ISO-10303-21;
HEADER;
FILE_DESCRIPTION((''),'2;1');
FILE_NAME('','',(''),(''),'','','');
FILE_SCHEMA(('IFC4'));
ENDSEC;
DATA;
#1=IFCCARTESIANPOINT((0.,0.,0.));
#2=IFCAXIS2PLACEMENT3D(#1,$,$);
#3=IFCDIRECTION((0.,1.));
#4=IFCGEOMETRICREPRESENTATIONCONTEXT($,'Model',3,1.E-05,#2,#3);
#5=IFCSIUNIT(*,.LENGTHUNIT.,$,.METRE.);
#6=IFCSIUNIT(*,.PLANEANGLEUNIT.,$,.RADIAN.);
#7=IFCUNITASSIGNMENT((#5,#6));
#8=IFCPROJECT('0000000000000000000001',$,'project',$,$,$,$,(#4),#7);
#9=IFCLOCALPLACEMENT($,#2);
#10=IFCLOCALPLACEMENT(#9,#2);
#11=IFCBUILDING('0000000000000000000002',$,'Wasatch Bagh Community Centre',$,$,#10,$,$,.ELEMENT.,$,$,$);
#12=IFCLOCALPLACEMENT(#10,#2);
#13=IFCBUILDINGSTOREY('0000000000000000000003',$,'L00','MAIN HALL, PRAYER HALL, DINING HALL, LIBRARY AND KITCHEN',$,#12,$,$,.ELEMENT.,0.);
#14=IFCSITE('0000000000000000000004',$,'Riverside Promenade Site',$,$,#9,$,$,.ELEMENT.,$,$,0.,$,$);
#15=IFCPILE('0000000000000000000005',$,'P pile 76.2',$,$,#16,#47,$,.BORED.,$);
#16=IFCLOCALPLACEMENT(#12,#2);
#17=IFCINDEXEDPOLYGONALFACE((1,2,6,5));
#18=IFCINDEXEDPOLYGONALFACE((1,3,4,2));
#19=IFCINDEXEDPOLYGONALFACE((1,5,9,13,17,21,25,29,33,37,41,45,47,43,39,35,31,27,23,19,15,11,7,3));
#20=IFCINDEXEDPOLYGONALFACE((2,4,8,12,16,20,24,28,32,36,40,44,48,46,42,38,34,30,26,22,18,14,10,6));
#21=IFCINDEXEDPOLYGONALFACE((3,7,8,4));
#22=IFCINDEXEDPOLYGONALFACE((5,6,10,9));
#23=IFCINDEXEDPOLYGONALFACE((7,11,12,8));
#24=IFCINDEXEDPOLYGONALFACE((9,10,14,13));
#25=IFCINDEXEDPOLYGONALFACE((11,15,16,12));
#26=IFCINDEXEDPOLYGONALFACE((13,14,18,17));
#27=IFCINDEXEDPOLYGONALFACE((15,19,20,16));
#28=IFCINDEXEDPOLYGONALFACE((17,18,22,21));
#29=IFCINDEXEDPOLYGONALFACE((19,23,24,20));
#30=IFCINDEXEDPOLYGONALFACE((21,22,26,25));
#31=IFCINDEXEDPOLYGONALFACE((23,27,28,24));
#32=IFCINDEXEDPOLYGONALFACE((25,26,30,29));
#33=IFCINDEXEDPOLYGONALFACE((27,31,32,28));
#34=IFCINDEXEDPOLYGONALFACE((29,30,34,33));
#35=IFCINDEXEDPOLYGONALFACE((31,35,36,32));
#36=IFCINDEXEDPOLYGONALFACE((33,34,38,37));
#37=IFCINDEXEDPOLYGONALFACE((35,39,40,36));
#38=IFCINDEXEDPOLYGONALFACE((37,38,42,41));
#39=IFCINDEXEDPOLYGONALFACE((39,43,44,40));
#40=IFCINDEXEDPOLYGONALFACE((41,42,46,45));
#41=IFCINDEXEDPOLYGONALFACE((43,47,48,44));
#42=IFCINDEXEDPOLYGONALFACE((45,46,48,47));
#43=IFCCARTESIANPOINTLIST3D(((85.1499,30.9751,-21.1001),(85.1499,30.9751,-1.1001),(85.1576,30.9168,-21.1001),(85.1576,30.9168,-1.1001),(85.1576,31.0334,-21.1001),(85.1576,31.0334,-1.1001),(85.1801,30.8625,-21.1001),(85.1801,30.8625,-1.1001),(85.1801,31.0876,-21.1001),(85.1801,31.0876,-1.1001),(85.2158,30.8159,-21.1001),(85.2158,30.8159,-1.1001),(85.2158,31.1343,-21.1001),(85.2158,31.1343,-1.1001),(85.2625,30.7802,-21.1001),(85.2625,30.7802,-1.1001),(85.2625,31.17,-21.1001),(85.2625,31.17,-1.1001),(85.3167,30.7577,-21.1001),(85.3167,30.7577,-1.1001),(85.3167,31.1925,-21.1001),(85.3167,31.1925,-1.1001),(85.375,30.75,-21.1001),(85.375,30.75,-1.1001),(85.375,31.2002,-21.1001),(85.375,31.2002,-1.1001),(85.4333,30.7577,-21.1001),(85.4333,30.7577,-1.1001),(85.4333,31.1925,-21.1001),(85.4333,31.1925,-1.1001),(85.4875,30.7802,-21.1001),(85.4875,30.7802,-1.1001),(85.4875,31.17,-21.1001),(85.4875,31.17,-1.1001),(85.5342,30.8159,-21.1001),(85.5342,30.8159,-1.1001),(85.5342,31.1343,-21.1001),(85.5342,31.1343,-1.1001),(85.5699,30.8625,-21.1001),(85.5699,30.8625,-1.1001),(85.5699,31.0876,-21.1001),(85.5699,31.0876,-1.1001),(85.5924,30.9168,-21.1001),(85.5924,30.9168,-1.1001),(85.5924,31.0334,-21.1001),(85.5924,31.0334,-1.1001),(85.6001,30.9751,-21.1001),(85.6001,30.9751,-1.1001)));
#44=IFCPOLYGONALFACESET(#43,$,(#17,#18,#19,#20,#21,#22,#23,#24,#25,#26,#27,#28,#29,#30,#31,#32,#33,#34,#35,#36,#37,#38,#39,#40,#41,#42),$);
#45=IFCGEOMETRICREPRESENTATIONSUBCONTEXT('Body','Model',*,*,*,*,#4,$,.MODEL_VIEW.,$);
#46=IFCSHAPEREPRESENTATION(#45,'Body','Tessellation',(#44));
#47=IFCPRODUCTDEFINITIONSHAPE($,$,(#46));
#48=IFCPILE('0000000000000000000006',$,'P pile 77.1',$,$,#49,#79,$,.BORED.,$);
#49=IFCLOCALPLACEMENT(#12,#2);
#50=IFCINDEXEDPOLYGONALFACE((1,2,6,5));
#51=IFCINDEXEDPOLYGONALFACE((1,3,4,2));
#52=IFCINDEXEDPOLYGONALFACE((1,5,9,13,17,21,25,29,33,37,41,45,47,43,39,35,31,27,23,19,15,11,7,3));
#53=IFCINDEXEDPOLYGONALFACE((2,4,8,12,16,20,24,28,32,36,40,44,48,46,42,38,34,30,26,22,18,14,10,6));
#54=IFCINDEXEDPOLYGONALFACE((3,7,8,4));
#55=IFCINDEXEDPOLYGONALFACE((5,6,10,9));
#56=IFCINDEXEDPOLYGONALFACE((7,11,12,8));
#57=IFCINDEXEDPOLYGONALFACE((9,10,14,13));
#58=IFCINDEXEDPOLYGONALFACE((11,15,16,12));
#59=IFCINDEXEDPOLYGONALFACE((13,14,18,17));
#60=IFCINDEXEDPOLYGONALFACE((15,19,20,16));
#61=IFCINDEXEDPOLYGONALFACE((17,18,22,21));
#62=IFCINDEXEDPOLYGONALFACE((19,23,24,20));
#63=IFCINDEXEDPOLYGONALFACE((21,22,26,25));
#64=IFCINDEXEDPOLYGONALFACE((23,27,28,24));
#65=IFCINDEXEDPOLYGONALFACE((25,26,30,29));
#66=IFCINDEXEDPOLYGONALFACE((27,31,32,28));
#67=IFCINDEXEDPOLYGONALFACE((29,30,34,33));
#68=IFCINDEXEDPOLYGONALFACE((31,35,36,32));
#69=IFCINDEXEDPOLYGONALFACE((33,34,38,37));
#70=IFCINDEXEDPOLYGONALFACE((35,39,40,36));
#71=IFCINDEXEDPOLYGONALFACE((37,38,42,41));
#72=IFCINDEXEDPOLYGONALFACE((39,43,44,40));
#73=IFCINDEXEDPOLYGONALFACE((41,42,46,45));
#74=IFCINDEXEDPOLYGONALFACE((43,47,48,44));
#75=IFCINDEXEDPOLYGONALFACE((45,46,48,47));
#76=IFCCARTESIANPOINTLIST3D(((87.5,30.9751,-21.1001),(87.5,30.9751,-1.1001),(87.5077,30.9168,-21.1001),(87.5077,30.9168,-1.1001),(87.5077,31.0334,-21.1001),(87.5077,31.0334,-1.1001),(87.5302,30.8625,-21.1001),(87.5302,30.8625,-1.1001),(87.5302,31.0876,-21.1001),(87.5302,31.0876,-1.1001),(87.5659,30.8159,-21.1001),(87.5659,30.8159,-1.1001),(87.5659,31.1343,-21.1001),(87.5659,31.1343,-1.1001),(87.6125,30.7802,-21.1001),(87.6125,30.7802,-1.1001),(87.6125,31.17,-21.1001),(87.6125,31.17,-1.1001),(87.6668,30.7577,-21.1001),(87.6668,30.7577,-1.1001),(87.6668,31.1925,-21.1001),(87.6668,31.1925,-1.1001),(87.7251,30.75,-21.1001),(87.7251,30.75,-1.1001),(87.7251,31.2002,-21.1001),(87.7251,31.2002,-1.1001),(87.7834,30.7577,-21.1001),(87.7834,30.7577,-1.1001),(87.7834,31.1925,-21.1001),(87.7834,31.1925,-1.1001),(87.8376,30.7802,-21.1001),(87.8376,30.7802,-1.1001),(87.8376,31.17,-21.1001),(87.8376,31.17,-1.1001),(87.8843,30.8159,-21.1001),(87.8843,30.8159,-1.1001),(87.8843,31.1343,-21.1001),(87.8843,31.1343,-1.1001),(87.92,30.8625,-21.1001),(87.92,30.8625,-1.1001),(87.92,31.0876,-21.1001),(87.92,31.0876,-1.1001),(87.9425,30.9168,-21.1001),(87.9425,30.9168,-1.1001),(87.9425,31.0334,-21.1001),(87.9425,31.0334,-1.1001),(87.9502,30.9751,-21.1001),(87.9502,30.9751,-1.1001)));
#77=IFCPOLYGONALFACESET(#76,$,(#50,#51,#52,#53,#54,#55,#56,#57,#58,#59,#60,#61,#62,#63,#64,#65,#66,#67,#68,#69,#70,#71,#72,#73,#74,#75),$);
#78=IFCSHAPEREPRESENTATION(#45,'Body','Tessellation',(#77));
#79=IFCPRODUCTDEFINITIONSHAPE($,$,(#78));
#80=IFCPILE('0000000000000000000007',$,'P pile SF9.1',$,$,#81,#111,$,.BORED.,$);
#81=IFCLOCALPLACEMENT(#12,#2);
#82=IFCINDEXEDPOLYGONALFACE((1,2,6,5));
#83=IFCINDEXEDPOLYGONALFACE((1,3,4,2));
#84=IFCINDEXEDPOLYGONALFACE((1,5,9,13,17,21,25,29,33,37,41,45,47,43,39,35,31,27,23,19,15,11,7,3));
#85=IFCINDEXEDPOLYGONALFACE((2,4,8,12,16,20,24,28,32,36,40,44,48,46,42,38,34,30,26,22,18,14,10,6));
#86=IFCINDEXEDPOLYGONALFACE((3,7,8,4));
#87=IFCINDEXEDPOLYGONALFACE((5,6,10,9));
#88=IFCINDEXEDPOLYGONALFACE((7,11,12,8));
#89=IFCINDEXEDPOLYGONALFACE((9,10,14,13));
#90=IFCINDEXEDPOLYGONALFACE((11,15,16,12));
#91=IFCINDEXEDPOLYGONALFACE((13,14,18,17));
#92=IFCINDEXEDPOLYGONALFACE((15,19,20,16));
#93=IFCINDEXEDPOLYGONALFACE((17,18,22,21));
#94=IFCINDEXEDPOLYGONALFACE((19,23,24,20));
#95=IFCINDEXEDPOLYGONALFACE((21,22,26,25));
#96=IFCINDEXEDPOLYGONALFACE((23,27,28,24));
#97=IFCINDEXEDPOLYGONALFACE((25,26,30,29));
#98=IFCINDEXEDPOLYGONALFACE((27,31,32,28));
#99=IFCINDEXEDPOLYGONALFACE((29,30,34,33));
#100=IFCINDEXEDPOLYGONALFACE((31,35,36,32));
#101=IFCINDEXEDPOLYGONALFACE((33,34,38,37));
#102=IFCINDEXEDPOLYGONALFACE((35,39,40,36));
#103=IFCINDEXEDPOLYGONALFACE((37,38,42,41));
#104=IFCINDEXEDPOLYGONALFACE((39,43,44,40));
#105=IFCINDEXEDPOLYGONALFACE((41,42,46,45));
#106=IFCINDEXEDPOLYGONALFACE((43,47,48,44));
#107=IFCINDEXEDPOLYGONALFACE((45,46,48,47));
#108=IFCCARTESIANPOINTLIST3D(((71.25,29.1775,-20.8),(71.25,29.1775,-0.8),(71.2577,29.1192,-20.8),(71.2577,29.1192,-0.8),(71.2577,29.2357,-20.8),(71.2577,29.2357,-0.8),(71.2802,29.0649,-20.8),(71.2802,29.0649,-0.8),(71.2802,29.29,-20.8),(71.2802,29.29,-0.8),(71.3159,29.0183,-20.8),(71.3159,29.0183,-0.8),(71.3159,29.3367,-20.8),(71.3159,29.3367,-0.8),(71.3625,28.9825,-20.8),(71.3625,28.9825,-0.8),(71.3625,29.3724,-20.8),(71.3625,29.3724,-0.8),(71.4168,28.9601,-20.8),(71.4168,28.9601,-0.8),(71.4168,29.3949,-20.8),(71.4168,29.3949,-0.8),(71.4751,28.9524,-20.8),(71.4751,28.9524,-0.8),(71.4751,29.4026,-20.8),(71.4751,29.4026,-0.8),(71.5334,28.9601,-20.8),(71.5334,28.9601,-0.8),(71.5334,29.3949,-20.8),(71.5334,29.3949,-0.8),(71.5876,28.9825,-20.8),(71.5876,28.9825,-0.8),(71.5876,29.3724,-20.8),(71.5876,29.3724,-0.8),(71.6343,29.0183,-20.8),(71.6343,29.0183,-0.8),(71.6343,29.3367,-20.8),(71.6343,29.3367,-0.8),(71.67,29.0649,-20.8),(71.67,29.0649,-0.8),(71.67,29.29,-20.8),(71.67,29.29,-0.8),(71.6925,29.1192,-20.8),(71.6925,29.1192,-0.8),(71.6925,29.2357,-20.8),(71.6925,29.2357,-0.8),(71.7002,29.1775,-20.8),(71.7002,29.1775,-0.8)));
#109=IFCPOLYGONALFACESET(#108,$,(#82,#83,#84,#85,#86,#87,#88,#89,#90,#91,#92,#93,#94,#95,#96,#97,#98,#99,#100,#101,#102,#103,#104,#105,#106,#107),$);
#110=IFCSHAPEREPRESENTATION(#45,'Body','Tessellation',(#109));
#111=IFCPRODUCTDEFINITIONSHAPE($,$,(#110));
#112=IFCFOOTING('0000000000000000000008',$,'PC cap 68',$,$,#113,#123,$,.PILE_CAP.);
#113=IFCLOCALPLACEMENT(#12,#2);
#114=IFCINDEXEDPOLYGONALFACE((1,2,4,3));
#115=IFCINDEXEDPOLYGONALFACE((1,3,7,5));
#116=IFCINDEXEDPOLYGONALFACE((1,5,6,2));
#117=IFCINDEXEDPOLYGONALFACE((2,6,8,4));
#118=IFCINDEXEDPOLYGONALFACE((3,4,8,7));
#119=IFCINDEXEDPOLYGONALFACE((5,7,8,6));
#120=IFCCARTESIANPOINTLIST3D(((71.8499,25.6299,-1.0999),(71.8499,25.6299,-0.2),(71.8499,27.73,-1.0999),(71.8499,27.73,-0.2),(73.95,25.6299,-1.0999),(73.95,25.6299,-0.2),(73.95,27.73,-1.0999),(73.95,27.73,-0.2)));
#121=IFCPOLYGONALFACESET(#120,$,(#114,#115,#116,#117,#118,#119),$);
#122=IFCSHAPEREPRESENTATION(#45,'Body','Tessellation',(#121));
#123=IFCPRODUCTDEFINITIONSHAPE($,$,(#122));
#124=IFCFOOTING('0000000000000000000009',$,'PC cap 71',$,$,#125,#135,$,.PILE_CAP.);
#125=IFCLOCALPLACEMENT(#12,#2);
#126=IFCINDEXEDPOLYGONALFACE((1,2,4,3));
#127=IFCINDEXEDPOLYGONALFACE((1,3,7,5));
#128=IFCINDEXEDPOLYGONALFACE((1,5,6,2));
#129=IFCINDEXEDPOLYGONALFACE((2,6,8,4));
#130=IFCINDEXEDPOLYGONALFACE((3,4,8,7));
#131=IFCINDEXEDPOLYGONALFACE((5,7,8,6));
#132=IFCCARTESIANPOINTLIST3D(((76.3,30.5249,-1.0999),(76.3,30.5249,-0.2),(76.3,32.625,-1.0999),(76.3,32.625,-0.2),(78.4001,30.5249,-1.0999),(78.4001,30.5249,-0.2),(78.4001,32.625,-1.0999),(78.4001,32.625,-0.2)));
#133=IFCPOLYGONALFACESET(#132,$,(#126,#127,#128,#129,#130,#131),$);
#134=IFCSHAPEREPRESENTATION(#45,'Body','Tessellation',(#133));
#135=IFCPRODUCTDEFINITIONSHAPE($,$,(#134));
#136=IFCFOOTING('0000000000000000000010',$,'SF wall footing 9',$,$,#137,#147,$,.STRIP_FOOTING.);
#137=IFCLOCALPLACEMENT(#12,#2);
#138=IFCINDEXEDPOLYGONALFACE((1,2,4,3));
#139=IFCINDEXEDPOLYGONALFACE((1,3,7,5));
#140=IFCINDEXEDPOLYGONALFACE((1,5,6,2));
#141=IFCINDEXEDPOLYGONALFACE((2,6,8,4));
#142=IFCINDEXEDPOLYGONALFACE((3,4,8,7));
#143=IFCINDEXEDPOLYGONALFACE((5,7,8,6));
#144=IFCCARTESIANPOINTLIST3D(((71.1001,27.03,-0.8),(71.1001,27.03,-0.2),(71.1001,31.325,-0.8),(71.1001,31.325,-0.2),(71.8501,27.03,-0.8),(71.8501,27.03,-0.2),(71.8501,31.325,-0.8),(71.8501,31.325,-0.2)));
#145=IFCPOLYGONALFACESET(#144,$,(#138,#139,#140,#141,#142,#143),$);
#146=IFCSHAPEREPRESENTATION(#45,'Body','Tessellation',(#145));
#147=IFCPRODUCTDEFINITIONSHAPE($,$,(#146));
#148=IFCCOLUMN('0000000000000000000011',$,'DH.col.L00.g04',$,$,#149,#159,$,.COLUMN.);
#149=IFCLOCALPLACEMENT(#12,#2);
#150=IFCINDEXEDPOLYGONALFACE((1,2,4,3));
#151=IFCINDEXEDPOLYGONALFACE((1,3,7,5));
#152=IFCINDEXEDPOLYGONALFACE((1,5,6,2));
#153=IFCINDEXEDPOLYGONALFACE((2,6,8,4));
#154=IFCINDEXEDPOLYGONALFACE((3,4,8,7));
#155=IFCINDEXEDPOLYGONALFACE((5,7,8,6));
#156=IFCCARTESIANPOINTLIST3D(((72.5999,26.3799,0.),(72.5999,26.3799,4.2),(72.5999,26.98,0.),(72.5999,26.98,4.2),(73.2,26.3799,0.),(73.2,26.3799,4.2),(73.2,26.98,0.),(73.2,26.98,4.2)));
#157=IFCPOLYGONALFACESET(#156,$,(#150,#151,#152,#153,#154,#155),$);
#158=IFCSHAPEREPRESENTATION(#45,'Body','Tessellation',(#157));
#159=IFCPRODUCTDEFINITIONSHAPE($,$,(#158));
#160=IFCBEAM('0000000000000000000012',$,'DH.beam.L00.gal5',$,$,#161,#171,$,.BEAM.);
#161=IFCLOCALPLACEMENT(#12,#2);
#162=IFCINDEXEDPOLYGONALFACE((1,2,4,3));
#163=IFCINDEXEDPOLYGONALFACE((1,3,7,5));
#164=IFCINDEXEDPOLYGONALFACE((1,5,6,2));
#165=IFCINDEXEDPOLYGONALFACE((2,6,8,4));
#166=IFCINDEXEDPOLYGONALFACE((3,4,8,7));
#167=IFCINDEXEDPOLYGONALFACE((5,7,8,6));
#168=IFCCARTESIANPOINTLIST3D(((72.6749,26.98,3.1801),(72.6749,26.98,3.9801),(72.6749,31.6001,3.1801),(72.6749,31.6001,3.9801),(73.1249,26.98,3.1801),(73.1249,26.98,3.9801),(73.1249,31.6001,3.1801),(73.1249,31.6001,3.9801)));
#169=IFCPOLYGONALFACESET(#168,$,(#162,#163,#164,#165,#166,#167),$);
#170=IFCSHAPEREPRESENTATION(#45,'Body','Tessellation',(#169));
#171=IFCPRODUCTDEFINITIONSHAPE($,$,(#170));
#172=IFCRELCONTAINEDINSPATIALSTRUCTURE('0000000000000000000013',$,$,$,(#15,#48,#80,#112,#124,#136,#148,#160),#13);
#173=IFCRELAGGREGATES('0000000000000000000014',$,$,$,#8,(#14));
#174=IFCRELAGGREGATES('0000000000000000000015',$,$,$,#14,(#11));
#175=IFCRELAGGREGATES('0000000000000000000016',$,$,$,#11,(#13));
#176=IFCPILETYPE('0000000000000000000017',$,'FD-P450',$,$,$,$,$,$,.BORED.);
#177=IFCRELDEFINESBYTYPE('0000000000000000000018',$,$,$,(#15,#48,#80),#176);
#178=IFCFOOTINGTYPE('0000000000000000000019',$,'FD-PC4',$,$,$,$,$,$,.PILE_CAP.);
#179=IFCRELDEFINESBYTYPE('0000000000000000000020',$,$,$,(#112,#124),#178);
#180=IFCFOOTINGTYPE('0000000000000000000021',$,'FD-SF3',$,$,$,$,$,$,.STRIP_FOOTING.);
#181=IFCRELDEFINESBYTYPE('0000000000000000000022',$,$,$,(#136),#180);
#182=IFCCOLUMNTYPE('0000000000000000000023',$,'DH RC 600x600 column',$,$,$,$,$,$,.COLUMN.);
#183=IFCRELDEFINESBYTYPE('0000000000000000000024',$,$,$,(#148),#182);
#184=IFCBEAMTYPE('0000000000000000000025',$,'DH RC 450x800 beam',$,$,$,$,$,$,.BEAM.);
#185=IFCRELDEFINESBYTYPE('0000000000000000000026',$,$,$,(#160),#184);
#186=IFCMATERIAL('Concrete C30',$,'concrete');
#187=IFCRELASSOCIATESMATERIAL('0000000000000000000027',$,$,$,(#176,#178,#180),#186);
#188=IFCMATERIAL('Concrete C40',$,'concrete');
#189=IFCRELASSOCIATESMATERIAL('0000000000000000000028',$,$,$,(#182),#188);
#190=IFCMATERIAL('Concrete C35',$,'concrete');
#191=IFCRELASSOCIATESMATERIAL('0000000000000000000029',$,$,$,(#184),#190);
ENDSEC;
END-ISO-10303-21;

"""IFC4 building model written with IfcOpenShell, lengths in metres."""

from ifc_helpers import new_model, si_unit, direction, frame, origin, origin_2d, place, context, subcontext, project, spatial, rectangle, circle, extrude, material, material_profile, profile_set, type_object, element, save


model = new_model("IFC4")

# Units and contexts
model_context = context("Model", 3, precision=1e-05, world=origin(), true_north=direction((0.0, 1.0)))
body_context = subcontext(model_context, "Body", "Model", "MODEL_VIEW")
ifc_project = project(units=[si_unit("LENGTHUNIT", "METRE"), si_unit("PLANEANGLEUNIT", "RADIAN")], contexts=[model_context])

# Site, building, storey
site_placement = place(None, origin())
site = spatial("IfcSite", under=ifc_project, at=site_placement, Name="Riverside Promenade Site", CompositionType="ELEMENT", RefElevation=0.0)
building_placement = place(site_placement, origin())
building = spatial("IfcBuilding", under=site, at=building_placement, Name="Wasatch Bagh Community Centre", CompositionType="ELEMENT")
storey_placement = place(building_placement, origin())
storey = spatial("IfcBuildingStorey", under=building, at=storey_placement, Name="L00", Description="MAIN HALL, PRAYER HALL, DINING HALL, LIBRARY AND KITCHEN", CompositionType="ELEMENT", Elevation=0.0)

# Piles
ifc_material_1 = material(Name="Concrete C30", Category="concrete")
ifc_material_profile_1 = material_profile(ifc_material_1, circle(Radius=0.2251, at=origin_2d()), Name="RC D450")
ifc_profile_set_1 = profile_set([ifc_material_profile_1], Name="Concrete C30")
pile_type = type_object("IfcPileType", Name="FD-P450", PredefinedType="BORED", material=ifc_profile_set_1)
for number, where, z_axis, x_axis, name in (
    (1, (85.375, 30.9751, -1.1001), (0.0, 0.0, -1.0), (1.0, 0.0, 0.0), "P pile 76.2"),
    (2, (87.7251, 30.9751, -1.1001), (0.0, 0.0, -1.0), (1.0, 0.0, 0.0), "P pile 77.1"),
    (3, (71.4751, 29.1775, -0.8), (0.0, 0.0, -1.0), (1.0, 0.0, 0.0), "P pile SF9.1"),
):
    element("IfcPile", number, at=place(storey_placement, frame(where, z_axis=z_axis, x_axis=x_axis)), inside=storey, type_object=pile_type, Name=name, PredefinedType="BORED", context=body_context, shape_type="SweptSolid", body=[
        extrude(circle(Radius=0.2251, at=origin_2d()), origin(), (0.0, 0.0, 1.0), 20.0),
    ])

# Footings
footing_type_1 = type_object("IfcFootingType", Name="FD-PC4", PredefinedType="PILE_CAP", material=ifc_material_1)
for number, where, z_axis, x_axis, name in (
    (4, (72.8999, 26.6799, -1.0999), (0.0, 0.0, 1.0), (1.0, 0.0, 0.0), "PC cap 68"),
    (5, (77.3501, 31.575, -1.0999), (0.0, 0.0, 1.0), (1.0, 0.0, 0.0), "PC cap 71"),
):
    element("IfcFooting", number, at=place(storey_placement, frame(where, z_axis=z_axis, x_axis=x_axis)), inside=storey, type_object=footing_type_1, Name=name, PredefinedType="PILE_CAP", context=body_context, shape_type="SweptSolid", body=[
        extrude(rectangle(XDim=2.1001, YDim=2.1001, at=origin_2d()), origin(), (0.0, 0.0, 1.0), 0.8999),
    ])
footing_type_2 = type_object("IfcFootingType", Name="FD-SF3", PredefinedType="STRIP_FOOTING", material=ifc_material_1)
footing_placement = place(storey_placement, frame((71.4751, 29.1775, -0.8), z_axis=(0.0, 0.0, 1.0), x_axis=(0.0, 1.0, 0.0)))
element("IfcFooting", 6, at=footing_placement, inside=storey, type_object=footing_type_2, Name="SF wall footing 9", PredefinedType="STRIP_FOOTING", context=body_context, shape_type="SweptSolid", body=[
    extrude(rectangle(XDim=4.2949, YDim=0.75, at=origin_2d()), origin(), (0.0, 0.0, 1.0), 0.6001),
])

# Column
ifc_material_2 = material(Name="Concrete C40", Category="concrete")
ifc_material_profile_2 = material_profile(ifc_material_2, rectangle(XDim=0.6001, YDim=0.6001, at=origin_2d()), Name="RC 600x600")
ifc_profile_set_2 = profile_set([ifc_material_profile_2], Name="Concrete C40")
column_type = type_object("IfcColumnType", Name="DH RC 600x600 column", PredefinedType="COLUMN", material=ifc_profile_set_2)
column_placement = place(storey_placement, frame((72.8999, 26.6799, 0.0), z_axis=(0.0, 0.0, 1.0), x_axis=(1.0, 0.0, 0.0)))
element("IfcColumn", 7, at=column_placement, inside=storey, type_object=column_type, Name="DH.col.L00.g04", PredefinedType="COLUMN", context=body_context, shape_type="SweptSolid", body=[
    extrude(rectangle(XDim=0.6001, YDim=0.6001, at=origin_2d()), origin(), (0.0, 0.0, 1.0), 4.2),
])

# Beam
ifc_material_3 = material(Name="Concrete C35", Category="concrete")
ifc_material_profile_3 = material_profile(ifc_material_3, rectangle(XDim=0.45, YDim=0.8, at=origin_2d()), Name="RC 450x800")
ifc_profile_set_3 = profile_set([ifc_material_profile_3], Name="Concrete C35")
beam_type = type_object("IfcBeamType", Name="DH RC 450x800 beam", PredefinedType="BEAM", material=ifc_profile_set_3)
beam_placement = place(storey_placement, frame((72.8999, 26.98, 3.5801), z_axis=(0.0, 1.0, 0.0), x_axis=(-1.0, 0.0, 0.0)))
element("IfcBeam", 8, at=beam_placement, inside=storey, type_object=beam_type, Name="DH.beam.L00.gal5", PredefinedType="BEAM", context=body_context, shape_type="SweptSolid", body=[
    extrude(rectangle(XDim=0.45, YDim=0.8, at=origin_2d()), origin(), (0.0, 0.0, 1.0), 4.6201),
])

save(model, "model.ifc")
